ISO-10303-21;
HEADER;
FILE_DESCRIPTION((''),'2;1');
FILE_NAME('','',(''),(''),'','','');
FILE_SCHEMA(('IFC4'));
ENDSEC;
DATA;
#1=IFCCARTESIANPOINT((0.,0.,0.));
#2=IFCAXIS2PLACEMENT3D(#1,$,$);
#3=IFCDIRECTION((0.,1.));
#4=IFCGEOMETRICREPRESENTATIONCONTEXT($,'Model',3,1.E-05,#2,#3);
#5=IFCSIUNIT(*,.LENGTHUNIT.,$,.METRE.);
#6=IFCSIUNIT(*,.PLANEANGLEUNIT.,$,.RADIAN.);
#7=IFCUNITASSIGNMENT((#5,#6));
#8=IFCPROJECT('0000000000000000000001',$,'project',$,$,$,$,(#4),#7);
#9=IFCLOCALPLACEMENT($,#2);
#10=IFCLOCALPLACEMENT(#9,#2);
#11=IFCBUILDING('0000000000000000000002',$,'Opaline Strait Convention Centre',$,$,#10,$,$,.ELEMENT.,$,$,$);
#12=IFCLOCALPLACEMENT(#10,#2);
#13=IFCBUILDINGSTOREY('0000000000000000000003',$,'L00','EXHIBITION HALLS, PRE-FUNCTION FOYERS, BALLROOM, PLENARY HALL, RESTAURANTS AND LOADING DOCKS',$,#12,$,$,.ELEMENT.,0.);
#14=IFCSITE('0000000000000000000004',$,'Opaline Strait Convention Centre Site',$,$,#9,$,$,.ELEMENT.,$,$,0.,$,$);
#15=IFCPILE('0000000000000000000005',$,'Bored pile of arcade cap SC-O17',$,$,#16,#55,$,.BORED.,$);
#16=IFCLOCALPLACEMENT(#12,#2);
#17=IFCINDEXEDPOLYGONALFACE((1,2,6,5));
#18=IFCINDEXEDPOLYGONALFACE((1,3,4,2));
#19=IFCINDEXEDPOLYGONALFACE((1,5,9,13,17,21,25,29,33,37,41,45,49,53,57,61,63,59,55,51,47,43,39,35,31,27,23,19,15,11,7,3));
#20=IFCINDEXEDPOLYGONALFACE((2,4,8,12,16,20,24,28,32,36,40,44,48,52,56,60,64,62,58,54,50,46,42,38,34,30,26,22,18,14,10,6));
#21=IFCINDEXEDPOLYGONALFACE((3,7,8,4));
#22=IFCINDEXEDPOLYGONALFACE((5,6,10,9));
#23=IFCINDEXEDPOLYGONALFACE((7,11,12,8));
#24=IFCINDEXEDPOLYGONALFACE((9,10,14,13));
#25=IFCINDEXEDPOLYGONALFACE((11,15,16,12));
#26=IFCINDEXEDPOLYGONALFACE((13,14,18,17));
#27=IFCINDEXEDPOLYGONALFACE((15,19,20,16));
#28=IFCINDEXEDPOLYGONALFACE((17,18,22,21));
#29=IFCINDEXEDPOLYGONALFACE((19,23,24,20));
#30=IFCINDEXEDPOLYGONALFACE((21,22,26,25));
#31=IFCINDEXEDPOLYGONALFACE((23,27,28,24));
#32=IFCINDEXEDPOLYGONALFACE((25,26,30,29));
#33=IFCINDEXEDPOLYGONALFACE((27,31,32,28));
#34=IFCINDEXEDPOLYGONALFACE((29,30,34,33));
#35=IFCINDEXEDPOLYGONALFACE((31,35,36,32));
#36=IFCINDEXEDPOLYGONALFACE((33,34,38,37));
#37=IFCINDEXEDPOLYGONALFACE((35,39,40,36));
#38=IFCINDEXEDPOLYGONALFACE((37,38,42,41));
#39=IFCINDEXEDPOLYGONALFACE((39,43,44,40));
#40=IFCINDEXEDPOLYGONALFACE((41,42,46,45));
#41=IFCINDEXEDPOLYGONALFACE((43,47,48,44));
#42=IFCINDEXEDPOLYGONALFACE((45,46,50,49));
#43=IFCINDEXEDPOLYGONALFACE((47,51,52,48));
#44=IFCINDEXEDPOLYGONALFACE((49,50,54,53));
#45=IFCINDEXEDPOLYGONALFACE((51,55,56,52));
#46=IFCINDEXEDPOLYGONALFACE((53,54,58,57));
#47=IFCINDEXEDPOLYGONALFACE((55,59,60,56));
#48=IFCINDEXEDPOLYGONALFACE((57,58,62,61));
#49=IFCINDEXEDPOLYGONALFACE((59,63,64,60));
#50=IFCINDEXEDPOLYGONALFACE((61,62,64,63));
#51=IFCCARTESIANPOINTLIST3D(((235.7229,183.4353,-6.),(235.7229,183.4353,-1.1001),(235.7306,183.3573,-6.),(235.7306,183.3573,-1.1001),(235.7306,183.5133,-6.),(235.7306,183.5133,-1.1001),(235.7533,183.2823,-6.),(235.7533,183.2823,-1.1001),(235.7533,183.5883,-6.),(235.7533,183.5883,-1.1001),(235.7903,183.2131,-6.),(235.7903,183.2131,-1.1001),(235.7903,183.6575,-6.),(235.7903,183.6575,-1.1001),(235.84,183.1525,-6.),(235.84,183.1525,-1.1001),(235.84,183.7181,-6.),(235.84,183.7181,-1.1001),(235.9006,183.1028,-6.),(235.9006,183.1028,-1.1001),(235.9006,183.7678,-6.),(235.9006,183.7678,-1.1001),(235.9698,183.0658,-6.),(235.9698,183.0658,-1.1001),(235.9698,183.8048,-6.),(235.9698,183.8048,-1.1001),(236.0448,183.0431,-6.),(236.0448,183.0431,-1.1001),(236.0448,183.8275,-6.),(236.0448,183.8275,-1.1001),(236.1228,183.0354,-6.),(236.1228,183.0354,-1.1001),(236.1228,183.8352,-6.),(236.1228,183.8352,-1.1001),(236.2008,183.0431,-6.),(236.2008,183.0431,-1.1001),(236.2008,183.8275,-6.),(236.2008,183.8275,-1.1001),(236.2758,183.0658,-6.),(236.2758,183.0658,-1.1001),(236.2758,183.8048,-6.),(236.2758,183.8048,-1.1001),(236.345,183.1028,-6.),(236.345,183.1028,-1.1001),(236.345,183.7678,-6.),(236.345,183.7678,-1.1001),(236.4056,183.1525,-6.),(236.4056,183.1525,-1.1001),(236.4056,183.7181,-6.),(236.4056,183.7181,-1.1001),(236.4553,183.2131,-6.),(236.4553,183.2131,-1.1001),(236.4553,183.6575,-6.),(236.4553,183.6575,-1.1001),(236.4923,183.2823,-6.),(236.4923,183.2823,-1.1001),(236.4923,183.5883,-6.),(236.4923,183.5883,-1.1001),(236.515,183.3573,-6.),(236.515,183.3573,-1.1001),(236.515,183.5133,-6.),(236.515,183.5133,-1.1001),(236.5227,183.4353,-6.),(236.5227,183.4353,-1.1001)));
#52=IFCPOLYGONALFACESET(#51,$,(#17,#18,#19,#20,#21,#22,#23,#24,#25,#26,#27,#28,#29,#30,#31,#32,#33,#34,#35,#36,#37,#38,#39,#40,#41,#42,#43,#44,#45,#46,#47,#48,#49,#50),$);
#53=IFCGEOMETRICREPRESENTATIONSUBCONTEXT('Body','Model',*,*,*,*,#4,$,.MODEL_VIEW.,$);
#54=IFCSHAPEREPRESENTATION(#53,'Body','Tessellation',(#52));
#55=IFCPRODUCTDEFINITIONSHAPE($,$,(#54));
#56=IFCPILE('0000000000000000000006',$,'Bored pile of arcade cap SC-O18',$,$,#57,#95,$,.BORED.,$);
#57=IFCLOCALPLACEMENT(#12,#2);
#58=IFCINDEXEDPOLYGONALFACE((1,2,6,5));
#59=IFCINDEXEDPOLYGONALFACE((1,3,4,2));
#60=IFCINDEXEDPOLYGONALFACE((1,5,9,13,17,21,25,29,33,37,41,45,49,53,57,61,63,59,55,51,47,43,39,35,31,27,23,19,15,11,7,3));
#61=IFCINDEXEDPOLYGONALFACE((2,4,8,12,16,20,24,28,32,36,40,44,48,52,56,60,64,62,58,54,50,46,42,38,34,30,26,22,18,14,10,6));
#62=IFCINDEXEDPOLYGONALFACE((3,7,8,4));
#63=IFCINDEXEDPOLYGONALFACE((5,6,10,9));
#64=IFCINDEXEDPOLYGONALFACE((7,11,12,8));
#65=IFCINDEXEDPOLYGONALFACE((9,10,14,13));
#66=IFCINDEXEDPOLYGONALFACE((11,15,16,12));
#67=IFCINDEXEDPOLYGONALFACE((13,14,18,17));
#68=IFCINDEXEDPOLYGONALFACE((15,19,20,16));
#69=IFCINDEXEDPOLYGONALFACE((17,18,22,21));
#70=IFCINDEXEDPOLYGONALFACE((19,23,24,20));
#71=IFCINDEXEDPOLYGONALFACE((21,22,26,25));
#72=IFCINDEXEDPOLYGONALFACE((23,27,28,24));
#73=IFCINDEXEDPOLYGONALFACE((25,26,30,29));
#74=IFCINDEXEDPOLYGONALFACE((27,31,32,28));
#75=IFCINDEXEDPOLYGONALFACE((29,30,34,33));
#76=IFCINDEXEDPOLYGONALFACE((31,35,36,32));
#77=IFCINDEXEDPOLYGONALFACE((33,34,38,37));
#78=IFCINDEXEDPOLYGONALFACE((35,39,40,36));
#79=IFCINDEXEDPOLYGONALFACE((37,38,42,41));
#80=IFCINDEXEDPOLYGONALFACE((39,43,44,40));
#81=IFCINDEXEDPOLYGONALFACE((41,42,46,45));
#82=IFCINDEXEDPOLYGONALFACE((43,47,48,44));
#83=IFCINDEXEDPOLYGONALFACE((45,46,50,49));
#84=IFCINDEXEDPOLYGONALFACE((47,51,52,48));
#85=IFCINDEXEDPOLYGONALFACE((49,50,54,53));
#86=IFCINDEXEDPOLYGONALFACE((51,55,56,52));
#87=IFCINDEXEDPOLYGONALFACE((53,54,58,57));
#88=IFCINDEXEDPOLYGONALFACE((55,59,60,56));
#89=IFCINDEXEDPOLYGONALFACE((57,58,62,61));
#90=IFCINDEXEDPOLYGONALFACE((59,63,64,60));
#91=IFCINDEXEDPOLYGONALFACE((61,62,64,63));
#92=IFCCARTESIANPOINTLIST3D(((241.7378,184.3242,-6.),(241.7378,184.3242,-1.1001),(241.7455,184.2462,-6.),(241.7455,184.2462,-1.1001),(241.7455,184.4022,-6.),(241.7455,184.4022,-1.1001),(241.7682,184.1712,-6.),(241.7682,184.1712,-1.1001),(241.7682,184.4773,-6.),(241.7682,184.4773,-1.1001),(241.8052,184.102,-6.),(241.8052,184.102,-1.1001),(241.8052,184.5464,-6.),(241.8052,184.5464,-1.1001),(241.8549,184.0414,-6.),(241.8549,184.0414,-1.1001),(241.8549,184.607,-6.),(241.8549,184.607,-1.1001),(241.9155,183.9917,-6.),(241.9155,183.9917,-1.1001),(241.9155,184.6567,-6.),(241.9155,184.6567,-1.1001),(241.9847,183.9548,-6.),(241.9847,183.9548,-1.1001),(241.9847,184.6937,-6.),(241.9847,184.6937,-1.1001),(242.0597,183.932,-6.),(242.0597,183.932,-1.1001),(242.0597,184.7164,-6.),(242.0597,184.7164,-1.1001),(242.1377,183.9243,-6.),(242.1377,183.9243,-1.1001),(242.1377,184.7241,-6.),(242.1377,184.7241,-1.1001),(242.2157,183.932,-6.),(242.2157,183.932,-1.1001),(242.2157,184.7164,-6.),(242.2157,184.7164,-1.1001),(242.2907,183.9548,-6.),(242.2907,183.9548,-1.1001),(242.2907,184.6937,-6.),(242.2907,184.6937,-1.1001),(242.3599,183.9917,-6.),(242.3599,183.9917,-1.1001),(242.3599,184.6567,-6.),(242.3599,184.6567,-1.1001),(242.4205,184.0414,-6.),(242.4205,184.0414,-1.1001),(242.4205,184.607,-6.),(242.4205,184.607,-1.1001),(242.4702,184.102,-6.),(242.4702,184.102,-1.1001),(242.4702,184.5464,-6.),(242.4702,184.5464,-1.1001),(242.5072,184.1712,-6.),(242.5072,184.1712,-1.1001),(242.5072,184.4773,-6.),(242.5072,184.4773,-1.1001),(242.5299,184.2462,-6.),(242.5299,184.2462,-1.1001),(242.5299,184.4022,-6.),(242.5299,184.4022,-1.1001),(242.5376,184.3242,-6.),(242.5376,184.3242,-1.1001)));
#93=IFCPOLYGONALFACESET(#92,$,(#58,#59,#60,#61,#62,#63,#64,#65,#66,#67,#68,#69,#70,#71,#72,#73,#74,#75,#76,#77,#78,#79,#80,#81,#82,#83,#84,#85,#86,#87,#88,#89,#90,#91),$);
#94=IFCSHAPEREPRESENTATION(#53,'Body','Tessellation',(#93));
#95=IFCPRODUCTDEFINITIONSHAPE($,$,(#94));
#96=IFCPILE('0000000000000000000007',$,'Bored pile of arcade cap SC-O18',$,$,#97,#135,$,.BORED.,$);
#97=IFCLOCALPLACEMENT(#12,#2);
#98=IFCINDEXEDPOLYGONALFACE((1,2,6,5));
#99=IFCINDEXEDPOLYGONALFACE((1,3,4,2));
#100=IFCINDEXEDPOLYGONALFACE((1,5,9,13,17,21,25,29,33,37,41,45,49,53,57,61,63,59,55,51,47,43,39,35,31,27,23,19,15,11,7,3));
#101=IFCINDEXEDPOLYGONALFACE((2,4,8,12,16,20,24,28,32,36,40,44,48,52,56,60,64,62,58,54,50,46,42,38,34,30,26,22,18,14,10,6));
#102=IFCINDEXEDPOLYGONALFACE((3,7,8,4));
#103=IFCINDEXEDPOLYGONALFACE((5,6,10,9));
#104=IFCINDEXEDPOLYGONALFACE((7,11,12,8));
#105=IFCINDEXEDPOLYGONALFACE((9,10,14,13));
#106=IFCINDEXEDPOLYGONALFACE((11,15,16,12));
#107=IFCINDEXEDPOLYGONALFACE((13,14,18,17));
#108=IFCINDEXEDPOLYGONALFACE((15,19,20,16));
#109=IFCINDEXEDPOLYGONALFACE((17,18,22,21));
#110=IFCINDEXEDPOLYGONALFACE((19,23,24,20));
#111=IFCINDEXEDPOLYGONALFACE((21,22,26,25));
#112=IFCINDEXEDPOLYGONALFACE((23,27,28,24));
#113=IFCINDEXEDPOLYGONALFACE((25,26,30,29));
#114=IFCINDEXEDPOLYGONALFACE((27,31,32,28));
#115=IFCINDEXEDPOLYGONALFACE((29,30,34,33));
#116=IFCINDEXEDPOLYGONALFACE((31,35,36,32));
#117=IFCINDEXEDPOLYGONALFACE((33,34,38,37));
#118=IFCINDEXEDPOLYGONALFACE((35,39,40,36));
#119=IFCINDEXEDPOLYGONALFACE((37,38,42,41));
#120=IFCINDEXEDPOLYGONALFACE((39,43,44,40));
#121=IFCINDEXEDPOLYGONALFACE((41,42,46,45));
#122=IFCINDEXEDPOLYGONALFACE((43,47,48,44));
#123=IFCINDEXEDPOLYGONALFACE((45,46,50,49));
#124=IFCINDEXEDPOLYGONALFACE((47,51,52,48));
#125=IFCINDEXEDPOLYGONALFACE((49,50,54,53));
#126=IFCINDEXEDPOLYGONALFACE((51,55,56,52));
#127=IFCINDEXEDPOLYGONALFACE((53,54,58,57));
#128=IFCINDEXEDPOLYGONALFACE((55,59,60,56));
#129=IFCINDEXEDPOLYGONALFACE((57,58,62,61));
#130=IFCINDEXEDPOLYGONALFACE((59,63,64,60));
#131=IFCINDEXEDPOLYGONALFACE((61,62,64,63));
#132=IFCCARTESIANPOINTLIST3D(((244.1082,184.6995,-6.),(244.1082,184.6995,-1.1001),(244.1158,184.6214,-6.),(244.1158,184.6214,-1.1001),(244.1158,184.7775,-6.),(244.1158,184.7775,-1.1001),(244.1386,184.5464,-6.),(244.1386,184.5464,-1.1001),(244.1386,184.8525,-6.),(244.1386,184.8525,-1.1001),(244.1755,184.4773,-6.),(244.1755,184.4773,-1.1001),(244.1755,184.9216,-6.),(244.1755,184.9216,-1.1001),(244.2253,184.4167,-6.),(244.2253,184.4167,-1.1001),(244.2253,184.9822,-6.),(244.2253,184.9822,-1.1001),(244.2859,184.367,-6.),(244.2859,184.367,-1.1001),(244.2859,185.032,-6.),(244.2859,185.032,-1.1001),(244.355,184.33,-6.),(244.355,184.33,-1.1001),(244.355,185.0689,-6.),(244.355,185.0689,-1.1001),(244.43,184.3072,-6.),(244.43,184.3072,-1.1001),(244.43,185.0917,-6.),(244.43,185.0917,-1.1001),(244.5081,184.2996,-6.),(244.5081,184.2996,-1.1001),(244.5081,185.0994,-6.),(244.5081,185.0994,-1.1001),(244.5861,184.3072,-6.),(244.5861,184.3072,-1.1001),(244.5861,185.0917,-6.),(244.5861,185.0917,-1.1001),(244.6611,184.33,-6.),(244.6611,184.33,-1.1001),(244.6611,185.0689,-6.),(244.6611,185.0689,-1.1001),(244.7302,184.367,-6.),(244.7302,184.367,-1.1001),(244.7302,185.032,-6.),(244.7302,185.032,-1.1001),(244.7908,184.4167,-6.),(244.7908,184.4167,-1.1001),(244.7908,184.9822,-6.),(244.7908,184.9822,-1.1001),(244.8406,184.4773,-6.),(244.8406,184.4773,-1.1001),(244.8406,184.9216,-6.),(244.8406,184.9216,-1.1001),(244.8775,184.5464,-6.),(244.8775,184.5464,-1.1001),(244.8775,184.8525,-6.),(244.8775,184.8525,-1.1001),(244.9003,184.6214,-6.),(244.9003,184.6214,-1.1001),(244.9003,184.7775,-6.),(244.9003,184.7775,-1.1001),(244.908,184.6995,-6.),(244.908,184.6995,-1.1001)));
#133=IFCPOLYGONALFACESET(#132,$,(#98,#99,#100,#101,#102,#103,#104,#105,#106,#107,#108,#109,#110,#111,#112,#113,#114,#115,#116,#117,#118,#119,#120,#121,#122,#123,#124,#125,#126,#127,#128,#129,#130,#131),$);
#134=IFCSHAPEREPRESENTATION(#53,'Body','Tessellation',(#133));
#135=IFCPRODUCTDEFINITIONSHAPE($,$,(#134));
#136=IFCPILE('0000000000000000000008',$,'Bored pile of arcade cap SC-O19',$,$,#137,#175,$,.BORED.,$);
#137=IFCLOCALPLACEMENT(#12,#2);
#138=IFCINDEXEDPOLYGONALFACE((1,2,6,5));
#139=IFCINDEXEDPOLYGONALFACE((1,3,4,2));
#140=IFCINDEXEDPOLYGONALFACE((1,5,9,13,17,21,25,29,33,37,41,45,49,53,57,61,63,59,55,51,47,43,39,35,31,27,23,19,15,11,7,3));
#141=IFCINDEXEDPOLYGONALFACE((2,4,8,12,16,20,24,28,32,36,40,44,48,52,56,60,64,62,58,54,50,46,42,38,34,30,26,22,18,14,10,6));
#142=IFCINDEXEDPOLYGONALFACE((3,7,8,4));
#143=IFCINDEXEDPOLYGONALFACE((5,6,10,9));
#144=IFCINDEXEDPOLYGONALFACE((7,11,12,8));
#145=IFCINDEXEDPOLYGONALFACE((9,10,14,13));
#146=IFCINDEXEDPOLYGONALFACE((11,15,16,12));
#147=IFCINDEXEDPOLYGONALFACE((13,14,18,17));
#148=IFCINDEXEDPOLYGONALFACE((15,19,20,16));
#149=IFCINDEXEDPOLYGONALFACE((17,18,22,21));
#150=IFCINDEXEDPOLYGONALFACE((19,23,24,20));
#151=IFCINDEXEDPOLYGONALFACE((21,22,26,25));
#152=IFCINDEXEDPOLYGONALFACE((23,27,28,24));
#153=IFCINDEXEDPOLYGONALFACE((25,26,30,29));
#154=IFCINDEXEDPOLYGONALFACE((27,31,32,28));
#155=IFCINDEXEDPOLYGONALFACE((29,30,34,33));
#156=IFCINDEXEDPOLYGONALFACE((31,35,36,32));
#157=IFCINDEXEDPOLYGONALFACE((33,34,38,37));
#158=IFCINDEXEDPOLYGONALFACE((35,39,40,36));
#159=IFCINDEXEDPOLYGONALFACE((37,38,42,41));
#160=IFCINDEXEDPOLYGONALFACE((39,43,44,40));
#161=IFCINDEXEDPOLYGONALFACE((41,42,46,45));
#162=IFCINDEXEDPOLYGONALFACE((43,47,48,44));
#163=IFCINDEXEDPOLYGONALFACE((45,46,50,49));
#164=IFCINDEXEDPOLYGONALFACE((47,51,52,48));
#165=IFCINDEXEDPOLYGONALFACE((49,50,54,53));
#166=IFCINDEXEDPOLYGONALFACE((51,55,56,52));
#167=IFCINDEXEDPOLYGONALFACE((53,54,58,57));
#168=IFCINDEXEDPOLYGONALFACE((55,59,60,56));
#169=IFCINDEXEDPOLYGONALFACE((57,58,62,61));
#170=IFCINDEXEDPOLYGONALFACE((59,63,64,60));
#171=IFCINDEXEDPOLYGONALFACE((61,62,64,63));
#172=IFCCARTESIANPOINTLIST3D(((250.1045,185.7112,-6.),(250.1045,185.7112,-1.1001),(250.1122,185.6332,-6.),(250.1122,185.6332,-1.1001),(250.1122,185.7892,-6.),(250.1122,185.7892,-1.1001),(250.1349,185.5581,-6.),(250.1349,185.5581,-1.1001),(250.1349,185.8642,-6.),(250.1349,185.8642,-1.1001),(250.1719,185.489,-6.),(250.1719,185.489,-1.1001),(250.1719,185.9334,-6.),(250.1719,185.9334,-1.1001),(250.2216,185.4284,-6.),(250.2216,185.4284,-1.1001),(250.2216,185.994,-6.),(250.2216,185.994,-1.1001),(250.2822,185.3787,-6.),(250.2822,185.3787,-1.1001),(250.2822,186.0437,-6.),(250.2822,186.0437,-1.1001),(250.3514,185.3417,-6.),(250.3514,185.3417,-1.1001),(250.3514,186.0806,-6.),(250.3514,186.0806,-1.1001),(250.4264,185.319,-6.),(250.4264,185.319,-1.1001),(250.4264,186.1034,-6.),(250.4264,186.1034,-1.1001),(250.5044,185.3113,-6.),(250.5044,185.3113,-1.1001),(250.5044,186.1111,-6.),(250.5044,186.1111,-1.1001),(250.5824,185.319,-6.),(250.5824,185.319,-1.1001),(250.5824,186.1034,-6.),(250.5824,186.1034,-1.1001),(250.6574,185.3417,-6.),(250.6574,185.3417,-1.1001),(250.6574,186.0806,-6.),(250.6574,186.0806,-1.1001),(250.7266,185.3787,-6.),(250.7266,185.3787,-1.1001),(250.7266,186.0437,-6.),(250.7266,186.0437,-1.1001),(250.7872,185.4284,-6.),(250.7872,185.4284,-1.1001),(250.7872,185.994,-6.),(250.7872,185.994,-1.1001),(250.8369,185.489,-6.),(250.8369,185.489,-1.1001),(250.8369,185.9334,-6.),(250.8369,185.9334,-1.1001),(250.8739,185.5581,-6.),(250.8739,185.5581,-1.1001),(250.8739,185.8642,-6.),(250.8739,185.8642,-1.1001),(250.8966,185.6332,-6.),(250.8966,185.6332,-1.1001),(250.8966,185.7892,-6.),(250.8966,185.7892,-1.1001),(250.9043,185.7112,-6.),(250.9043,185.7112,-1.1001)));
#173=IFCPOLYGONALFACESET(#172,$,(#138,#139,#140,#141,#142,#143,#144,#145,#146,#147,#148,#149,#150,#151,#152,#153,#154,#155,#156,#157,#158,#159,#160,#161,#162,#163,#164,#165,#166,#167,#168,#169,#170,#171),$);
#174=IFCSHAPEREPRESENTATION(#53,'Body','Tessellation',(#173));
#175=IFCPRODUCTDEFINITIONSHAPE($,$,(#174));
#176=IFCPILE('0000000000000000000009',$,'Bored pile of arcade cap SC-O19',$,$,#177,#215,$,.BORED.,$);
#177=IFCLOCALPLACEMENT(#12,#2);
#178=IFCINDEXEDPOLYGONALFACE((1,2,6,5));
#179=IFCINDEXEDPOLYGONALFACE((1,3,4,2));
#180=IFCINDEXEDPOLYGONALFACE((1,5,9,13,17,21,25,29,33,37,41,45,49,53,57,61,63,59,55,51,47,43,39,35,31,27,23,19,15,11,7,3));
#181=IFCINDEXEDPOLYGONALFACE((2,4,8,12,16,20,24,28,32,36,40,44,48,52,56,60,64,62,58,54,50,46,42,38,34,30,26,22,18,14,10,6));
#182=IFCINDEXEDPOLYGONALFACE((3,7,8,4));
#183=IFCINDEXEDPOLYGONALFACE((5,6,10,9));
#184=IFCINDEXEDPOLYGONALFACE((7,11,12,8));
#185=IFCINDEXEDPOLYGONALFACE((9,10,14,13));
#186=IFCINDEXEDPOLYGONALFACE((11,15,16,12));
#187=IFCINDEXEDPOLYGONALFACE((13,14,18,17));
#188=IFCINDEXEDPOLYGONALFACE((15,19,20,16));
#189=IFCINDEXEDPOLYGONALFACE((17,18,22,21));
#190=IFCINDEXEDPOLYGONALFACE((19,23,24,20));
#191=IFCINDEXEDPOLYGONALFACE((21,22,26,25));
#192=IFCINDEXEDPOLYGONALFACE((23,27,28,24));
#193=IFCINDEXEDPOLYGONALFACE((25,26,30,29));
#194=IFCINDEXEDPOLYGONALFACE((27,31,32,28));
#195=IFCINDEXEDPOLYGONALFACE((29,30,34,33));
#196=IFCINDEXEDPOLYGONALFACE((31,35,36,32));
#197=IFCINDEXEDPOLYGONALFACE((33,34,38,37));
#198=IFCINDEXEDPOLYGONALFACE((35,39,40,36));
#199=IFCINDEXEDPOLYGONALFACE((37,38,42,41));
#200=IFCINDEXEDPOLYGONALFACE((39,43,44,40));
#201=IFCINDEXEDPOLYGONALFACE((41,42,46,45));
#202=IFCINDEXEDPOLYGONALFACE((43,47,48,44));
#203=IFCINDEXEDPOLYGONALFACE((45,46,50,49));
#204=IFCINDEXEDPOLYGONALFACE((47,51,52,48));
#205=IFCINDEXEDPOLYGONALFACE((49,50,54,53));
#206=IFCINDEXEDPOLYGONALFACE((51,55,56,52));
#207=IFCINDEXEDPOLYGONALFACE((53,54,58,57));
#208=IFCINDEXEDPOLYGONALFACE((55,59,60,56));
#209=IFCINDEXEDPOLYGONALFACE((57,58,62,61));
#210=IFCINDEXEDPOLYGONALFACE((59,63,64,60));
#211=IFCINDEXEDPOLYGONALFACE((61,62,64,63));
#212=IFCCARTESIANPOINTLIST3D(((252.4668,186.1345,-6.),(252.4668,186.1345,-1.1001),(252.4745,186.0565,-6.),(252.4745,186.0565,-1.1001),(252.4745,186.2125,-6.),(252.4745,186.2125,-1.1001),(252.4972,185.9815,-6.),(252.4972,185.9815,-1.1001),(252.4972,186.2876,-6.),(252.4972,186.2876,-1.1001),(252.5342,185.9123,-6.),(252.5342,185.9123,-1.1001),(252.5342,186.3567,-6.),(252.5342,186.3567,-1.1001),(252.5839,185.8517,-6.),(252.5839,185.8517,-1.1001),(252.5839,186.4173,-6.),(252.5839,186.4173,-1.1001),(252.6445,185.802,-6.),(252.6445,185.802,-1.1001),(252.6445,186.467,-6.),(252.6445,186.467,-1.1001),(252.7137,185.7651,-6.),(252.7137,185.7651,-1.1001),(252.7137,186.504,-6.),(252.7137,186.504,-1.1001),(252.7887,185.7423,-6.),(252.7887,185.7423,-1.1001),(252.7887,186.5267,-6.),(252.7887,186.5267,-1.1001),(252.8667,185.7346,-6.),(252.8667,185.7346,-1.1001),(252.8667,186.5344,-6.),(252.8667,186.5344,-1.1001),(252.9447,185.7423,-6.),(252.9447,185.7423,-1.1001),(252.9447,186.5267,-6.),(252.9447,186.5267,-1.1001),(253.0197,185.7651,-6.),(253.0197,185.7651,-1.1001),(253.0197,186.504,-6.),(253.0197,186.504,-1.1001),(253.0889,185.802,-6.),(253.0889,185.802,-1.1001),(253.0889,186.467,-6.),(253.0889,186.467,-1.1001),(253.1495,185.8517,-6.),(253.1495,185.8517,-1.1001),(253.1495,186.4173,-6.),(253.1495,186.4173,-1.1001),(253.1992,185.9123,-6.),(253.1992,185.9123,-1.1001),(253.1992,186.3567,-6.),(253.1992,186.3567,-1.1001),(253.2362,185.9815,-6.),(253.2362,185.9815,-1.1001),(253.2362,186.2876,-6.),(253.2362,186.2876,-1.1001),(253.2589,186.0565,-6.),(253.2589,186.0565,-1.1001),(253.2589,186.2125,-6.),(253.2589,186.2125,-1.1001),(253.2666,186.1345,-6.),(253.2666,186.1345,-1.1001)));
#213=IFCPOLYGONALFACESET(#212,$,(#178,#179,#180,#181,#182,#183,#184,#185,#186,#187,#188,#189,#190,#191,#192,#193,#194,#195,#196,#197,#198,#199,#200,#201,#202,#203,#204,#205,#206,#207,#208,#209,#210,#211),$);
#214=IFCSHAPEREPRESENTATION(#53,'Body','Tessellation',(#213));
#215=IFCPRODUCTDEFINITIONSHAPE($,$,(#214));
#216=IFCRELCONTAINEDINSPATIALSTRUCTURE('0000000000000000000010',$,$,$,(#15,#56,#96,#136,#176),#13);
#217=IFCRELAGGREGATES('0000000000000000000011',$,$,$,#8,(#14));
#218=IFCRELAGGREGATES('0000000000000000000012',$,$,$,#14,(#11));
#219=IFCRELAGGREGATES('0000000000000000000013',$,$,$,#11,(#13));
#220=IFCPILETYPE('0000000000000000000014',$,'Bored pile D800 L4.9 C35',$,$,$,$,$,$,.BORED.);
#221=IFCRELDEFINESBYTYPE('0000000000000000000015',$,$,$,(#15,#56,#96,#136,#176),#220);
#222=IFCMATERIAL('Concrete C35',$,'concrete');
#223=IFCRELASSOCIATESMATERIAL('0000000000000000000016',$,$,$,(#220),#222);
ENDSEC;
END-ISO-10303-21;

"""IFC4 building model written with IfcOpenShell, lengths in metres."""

from ifc_helpers import new_model, si_unit, direction, frame, origin, origin_2d, place, context, subcontext, project, spatial, circle, extrude, material, material_profile, profile_set, type_object, element, save


model = new_model("IFC4")

# Units and contexts
model_context = context("Model", 3, precision=1e-05, world=origin(), true_north=direction((0.0, 1.0)))
body_context = subcontext(model_context, "Body", "Model", "MODEL_VIEW")
ifc_project = project(units=[si_unit("LENGTHUNIT", "METRE"), si_unit("PLANEANGLEUNIT", "RADIAN")], contexts=[model_context])

# Site, building, storey
site_placement = place(None, origin())
site = spatial("IfcSite", under=ifc_project, at=site_placement, Name="Opaline Strait Convention Centre Site", CompositionType="ELEMENT", RefElevation=0.0)
building_placement = place(site_placement, origin())
building = spatial("IfcBuilding", under=site, at=building_placement, Name="Opaline Strait Convention Centre", CompositionType="ELEMENT")
storey_placement = place(building_placement, origin())
storey = spatial("IfcBuildingStorey", under=building, at=storey_placement, Name="L00", Description="EXHIBITION HALLS, PRE-FUNCTION FOYERS, BALLROOM, PLENARY HALL, RESTAURANTS AND LOADING DOCKS", CompositionType="ELEMENT", Elevation=0.0)

# Piles
ifc_material_1 = material(Name="Concrete C35", Category="concrete")
ifc_material_profile_1 = material_profile(ifc_material_1, circle(Radius=0.3999, at=origin_2d()), Name="D800")
ifc_profile_set_1 = profile_set([ifc_material_profile_1], Name="Concrete C35")
pile_type_1 = type_object("IfcPileType", Name="Bored pile D800 L4.9 C35", PredefinedType="BORED", material=ifc_profile_set_1)
for number, where, z_axis, x_axis, name in (
    (1, (236.1228, 183.4353, -1.1001), (0.0, 0.0, -1.0), (1.0, 0.0, 0.0), "Bored pile of arcade cap SC-O17"),
    (2, (242.1377, 184.3242, -1.1001), (0.0, 0.0, -1.0), (1.0, 0.0, 0.0), "Bored pile of arcade cap SC-O18"),
    (3, (244.5081, 184.6995, -1.1001), (0.0, 0.0, -1.0), (1.0, 0.0, 0.0), "Bored pile of arcade cap SC-O18"),
    (4, (250.5044, 185.7112, -1.1001), (0.0, 0.0, -1.0), (1.0, 0.0, 0.0), "Bored pile of arcade cap SC-O19"),
    (5, (252.8667, 186.1345, -1.1001), (0.0, 0.0, -1.0), (1.0, 0.0, 0.0), "Bored pile of arcade cap SC-O19"),
):
    element("IfcPile", number, at=place(storey_placement, frame(where, z_axis=z_axis, x_axis=x_axis)), inside=storey, type_object=pile_type_1, Name=name, PredefinedType="BORED", context=body_context, shape_type="SweptSolid", body=[
        extrude(circle(Radius=0.3999, at=origin_2d()), origin(), (0.0, 0.0, 1.0), 4.8999),
    ])

save(model, "model.ifc")
